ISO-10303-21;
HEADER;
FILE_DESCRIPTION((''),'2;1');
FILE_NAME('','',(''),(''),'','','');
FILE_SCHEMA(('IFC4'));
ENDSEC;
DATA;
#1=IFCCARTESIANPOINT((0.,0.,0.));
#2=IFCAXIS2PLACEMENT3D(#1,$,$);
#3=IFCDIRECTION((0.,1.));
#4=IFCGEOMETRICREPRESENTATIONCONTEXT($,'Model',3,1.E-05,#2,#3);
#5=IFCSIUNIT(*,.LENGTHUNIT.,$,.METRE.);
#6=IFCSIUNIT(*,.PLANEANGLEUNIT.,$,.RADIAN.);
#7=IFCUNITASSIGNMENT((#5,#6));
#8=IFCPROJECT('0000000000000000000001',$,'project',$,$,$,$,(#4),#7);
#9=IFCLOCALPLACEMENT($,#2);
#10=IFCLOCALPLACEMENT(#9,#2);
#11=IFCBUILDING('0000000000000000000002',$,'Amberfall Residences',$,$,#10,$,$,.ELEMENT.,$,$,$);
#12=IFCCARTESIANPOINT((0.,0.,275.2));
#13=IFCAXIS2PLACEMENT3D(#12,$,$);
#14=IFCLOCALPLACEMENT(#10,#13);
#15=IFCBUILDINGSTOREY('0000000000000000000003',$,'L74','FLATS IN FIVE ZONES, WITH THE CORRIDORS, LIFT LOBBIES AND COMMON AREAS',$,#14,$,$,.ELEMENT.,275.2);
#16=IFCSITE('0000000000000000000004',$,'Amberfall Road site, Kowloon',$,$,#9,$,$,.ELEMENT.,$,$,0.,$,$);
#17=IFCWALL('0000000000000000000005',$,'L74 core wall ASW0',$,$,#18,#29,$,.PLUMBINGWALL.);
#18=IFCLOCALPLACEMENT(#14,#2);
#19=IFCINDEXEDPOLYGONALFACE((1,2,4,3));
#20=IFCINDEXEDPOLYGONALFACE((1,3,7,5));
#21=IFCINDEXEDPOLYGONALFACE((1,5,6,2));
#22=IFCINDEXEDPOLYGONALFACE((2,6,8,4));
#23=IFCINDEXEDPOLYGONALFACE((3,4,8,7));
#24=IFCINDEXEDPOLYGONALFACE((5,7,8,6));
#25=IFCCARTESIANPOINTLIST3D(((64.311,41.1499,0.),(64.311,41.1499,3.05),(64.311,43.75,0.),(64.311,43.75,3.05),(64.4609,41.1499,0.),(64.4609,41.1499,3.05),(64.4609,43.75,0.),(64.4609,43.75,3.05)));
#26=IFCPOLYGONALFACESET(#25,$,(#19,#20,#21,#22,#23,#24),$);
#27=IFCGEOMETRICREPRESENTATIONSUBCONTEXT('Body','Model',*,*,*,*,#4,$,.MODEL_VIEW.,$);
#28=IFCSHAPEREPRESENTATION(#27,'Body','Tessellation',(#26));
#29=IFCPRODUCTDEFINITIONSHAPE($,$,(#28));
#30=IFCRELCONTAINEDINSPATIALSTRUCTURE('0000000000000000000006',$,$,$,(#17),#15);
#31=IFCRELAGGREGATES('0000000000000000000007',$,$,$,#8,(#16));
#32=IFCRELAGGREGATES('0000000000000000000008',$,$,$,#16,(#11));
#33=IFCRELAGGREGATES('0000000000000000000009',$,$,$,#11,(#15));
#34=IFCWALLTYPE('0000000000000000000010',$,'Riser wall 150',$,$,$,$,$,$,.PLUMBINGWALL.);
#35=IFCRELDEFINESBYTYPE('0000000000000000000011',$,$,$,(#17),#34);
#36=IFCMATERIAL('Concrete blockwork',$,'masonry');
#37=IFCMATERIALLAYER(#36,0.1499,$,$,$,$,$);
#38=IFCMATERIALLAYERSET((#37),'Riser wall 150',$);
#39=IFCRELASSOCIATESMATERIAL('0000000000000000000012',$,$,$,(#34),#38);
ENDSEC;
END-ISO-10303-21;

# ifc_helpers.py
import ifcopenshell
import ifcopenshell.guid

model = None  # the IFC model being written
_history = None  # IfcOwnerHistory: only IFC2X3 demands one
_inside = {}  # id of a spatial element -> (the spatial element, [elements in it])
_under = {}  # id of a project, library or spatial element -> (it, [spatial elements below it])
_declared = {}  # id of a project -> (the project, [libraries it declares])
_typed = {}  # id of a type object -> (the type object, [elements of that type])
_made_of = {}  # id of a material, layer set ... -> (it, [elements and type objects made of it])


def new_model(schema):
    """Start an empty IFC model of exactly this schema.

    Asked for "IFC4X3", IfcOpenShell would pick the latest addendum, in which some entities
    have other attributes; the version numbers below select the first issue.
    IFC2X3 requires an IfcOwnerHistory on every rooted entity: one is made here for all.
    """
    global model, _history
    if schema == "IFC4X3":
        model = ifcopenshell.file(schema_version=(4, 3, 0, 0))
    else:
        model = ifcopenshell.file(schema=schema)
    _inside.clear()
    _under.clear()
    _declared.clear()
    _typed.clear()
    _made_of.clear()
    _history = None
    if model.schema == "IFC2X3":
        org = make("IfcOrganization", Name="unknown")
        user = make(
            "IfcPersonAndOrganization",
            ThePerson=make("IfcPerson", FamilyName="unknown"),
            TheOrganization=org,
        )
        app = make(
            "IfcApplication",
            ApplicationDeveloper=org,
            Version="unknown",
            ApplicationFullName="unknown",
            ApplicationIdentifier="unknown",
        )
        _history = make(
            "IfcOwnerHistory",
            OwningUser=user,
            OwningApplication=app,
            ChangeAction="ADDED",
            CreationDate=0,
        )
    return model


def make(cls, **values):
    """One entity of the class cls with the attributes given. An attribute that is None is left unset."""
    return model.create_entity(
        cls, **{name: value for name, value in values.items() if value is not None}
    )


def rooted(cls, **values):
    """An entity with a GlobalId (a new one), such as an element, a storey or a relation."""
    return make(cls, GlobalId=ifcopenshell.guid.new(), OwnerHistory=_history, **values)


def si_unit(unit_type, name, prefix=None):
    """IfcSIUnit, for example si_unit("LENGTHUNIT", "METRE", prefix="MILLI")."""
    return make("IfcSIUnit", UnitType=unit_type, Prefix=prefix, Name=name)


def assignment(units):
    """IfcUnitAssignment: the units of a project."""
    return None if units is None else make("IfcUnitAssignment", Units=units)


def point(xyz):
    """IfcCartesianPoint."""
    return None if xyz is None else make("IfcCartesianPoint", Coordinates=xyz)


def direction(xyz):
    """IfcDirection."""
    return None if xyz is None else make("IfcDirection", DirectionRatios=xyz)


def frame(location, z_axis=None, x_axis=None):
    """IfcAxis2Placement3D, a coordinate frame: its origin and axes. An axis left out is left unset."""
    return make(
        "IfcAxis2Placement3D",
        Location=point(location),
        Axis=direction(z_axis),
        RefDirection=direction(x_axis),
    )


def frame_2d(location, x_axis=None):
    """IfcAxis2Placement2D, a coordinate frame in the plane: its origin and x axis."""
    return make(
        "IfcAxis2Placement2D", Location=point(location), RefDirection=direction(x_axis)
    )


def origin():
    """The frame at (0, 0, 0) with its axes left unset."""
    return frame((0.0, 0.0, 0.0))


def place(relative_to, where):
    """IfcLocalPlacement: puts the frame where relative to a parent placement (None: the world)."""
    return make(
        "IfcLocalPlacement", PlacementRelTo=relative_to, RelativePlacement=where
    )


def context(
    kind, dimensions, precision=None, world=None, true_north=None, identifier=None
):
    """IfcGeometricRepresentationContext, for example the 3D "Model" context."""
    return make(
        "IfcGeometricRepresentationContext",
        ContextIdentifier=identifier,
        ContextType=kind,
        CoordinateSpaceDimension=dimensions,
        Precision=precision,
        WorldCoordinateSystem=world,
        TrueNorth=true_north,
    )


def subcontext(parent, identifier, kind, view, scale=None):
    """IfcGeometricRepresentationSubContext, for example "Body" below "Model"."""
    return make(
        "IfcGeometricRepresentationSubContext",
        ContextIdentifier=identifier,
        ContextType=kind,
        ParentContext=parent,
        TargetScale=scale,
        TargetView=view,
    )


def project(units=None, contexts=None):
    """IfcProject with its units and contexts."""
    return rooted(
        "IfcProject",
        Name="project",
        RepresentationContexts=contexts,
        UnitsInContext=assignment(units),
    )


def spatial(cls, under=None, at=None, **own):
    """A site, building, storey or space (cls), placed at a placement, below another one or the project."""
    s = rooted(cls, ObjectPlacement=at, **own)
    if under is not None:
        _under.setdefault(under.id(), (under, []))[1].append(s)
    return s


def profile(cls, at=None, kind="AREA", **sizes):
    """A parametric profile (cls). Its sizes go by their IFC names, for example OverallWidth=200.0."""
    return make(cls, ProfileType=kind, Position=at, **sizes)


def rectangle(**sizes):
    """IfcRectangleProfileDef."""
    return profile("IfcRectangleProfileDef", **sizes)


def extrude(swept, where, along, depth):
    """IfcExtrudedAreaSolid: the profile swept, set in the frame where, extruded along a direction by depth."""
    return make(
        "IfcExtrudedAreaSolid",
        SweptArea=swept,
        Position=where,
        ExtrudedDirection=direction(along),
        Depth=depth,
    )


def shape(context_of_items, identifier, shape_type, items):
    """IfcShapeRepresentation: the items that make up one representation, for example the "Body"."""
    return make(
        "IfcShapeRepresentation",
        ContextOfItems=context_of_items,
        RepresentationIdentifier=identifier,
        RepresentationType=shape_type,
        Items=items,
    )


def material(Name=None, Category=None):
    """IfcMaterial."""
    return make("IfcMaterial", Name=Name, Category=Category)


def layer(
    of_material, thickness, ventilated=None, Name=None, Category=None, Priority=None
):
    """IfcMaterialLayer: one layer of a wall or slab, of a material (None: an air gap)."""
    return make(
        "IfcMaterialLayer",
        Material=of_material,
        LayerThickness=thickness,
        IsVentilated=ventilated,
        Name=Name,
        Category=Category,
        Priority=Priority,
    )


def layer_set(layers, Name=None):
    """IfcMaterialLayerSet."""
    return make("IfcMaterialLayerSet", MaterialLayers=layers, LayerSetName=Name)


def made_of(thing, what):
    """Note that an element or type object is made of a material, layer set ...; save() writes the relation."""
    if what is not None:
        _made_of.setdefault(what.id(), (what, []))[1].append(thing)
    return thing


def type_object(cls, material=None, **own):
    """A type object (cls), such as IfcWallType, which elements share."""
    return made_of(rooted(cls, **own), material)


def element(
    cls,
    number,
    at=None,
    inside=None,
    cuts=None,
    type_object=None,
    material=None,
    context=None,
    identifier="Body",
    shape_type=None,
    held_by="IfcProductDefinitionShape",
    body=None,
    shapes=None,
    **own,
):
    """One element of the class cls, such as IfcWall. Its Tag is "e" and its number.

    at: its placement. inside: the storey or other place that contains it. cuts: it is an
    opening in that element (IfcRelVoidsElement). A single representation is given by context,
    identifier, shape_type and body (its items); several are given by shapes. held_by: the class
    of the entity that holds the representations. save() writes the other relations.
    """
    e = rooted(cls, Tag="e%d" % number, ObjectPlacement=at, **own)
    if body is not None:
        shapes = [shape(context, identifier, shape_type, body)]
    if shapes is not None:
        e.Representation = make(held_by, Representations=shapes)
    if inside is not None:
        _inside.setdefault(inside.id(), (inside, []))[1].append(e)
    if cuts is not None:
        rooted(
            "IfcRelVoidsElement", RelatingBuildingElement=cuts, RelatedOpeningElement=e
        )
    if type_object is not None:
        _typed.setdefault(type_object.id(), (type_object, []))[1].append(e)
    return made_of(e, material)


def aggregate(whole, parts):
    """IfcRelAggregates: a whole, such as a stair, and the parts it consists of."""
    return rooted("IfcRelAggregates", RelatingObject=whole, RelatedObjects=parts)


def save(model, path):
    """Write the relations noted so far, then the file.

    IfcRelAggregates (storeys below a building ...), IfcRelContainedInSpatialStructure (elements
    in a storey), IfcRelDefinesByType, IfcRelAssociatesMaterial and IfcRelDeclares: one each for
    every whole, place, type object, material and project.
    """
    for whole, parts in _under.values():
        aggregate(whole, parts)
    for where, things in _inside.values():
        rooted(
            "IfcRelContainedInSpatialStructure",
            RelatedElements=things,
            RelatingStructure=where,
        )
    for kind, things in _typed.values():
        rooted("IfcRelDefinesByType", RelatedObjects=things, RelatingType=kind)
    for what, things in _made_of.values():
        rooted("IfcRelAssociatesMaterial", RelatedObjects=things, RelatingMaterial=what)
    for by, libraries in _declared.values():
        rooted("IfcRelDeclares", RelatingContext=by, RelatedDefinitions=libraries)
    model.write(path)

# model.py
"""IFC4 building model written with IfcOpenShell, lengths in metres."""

from ifc_helpers import new_model, si_unit, direction, frame, frame_2d, origin, place, context, subcontext, project, spatial, rectangle, extrude, material, layer, layer_set, type_object, element, save


model = new_model("IFC4")

# Units and contexts
model_context = context("Model", 3, precision=1e-05, world=origin(), true_north=direction((0.0, 1.0)))
body_context = subcontext(model_context, "Body", "Model", "MODEL_VIEW")
ifc_project = project(units=[si_unit("LENGTHUNIT", "METRE"), si_unit("PLANEANGLEUNIT", "RADIAN")], contexts=[model_context])

# Site, building, storey
site_placement = place(None, origin())
site = spatial("IfcSite", under=ifc_project, at=site_placement, Name="Amberfall Road site, Kowloon", CompositionType="ELEMENT", RefElevation=0.0)
building_placement = place(site_placement, origin())
building = spatial("IfcBuilding", under=site, at=building_placement, Name="Amberfall Residences", CompositionType="ELEMENT")
storey_placement = place(building_placement, frame((0.0, 0.0, 275.2)))
storey = spatial("IfcBuildingStorey", under=building, at=storey_placement, Name="L74", Description="FLATS IN FIVE ZONES, WITH THE CORRIDORS, LIFT LOBBIES AND COMMON AREAS", CompositionType="ELEMENT", Elevation=275.2)

# Wall
ifc_material_1 = material(Name="Concrete blockwork", Category="masonry")
ifc_layer_1 = layer(ifc_material_1, 0.1499)
ifc_layer_set_1 = layer_set([ifc_layer_1], Name="Riser wall 150")
wall_type_1 = type_object("IfcWallType", Name="Riser wall 150", PredefinedType="PLUMBINGWALL", material=ifc_layer_set_1)
wall_1_placement = place(storey_placement, frame((64.386, 41.1499, 0.0), z_axis=(0.0, 0.0, 1.0), x_axis=(0.0, 1.0, 0.0)))
element("IfcWall", 1, at=wall_1_placement, inside=storey, type_object=wall_type_1, Name="L74 core wall ASW0", PredefinedType="PLUMBINGWALL", context=body_context, shape_type="SweptSolid", body=[
    extrude(rectangle(XDim=2.6001, YDim=0.1499, at=frame_2d((1.3, 0.0))), origin(), (0.0, 0.0, 1.0), 3.05),
])

save(model, "model.ifc")
